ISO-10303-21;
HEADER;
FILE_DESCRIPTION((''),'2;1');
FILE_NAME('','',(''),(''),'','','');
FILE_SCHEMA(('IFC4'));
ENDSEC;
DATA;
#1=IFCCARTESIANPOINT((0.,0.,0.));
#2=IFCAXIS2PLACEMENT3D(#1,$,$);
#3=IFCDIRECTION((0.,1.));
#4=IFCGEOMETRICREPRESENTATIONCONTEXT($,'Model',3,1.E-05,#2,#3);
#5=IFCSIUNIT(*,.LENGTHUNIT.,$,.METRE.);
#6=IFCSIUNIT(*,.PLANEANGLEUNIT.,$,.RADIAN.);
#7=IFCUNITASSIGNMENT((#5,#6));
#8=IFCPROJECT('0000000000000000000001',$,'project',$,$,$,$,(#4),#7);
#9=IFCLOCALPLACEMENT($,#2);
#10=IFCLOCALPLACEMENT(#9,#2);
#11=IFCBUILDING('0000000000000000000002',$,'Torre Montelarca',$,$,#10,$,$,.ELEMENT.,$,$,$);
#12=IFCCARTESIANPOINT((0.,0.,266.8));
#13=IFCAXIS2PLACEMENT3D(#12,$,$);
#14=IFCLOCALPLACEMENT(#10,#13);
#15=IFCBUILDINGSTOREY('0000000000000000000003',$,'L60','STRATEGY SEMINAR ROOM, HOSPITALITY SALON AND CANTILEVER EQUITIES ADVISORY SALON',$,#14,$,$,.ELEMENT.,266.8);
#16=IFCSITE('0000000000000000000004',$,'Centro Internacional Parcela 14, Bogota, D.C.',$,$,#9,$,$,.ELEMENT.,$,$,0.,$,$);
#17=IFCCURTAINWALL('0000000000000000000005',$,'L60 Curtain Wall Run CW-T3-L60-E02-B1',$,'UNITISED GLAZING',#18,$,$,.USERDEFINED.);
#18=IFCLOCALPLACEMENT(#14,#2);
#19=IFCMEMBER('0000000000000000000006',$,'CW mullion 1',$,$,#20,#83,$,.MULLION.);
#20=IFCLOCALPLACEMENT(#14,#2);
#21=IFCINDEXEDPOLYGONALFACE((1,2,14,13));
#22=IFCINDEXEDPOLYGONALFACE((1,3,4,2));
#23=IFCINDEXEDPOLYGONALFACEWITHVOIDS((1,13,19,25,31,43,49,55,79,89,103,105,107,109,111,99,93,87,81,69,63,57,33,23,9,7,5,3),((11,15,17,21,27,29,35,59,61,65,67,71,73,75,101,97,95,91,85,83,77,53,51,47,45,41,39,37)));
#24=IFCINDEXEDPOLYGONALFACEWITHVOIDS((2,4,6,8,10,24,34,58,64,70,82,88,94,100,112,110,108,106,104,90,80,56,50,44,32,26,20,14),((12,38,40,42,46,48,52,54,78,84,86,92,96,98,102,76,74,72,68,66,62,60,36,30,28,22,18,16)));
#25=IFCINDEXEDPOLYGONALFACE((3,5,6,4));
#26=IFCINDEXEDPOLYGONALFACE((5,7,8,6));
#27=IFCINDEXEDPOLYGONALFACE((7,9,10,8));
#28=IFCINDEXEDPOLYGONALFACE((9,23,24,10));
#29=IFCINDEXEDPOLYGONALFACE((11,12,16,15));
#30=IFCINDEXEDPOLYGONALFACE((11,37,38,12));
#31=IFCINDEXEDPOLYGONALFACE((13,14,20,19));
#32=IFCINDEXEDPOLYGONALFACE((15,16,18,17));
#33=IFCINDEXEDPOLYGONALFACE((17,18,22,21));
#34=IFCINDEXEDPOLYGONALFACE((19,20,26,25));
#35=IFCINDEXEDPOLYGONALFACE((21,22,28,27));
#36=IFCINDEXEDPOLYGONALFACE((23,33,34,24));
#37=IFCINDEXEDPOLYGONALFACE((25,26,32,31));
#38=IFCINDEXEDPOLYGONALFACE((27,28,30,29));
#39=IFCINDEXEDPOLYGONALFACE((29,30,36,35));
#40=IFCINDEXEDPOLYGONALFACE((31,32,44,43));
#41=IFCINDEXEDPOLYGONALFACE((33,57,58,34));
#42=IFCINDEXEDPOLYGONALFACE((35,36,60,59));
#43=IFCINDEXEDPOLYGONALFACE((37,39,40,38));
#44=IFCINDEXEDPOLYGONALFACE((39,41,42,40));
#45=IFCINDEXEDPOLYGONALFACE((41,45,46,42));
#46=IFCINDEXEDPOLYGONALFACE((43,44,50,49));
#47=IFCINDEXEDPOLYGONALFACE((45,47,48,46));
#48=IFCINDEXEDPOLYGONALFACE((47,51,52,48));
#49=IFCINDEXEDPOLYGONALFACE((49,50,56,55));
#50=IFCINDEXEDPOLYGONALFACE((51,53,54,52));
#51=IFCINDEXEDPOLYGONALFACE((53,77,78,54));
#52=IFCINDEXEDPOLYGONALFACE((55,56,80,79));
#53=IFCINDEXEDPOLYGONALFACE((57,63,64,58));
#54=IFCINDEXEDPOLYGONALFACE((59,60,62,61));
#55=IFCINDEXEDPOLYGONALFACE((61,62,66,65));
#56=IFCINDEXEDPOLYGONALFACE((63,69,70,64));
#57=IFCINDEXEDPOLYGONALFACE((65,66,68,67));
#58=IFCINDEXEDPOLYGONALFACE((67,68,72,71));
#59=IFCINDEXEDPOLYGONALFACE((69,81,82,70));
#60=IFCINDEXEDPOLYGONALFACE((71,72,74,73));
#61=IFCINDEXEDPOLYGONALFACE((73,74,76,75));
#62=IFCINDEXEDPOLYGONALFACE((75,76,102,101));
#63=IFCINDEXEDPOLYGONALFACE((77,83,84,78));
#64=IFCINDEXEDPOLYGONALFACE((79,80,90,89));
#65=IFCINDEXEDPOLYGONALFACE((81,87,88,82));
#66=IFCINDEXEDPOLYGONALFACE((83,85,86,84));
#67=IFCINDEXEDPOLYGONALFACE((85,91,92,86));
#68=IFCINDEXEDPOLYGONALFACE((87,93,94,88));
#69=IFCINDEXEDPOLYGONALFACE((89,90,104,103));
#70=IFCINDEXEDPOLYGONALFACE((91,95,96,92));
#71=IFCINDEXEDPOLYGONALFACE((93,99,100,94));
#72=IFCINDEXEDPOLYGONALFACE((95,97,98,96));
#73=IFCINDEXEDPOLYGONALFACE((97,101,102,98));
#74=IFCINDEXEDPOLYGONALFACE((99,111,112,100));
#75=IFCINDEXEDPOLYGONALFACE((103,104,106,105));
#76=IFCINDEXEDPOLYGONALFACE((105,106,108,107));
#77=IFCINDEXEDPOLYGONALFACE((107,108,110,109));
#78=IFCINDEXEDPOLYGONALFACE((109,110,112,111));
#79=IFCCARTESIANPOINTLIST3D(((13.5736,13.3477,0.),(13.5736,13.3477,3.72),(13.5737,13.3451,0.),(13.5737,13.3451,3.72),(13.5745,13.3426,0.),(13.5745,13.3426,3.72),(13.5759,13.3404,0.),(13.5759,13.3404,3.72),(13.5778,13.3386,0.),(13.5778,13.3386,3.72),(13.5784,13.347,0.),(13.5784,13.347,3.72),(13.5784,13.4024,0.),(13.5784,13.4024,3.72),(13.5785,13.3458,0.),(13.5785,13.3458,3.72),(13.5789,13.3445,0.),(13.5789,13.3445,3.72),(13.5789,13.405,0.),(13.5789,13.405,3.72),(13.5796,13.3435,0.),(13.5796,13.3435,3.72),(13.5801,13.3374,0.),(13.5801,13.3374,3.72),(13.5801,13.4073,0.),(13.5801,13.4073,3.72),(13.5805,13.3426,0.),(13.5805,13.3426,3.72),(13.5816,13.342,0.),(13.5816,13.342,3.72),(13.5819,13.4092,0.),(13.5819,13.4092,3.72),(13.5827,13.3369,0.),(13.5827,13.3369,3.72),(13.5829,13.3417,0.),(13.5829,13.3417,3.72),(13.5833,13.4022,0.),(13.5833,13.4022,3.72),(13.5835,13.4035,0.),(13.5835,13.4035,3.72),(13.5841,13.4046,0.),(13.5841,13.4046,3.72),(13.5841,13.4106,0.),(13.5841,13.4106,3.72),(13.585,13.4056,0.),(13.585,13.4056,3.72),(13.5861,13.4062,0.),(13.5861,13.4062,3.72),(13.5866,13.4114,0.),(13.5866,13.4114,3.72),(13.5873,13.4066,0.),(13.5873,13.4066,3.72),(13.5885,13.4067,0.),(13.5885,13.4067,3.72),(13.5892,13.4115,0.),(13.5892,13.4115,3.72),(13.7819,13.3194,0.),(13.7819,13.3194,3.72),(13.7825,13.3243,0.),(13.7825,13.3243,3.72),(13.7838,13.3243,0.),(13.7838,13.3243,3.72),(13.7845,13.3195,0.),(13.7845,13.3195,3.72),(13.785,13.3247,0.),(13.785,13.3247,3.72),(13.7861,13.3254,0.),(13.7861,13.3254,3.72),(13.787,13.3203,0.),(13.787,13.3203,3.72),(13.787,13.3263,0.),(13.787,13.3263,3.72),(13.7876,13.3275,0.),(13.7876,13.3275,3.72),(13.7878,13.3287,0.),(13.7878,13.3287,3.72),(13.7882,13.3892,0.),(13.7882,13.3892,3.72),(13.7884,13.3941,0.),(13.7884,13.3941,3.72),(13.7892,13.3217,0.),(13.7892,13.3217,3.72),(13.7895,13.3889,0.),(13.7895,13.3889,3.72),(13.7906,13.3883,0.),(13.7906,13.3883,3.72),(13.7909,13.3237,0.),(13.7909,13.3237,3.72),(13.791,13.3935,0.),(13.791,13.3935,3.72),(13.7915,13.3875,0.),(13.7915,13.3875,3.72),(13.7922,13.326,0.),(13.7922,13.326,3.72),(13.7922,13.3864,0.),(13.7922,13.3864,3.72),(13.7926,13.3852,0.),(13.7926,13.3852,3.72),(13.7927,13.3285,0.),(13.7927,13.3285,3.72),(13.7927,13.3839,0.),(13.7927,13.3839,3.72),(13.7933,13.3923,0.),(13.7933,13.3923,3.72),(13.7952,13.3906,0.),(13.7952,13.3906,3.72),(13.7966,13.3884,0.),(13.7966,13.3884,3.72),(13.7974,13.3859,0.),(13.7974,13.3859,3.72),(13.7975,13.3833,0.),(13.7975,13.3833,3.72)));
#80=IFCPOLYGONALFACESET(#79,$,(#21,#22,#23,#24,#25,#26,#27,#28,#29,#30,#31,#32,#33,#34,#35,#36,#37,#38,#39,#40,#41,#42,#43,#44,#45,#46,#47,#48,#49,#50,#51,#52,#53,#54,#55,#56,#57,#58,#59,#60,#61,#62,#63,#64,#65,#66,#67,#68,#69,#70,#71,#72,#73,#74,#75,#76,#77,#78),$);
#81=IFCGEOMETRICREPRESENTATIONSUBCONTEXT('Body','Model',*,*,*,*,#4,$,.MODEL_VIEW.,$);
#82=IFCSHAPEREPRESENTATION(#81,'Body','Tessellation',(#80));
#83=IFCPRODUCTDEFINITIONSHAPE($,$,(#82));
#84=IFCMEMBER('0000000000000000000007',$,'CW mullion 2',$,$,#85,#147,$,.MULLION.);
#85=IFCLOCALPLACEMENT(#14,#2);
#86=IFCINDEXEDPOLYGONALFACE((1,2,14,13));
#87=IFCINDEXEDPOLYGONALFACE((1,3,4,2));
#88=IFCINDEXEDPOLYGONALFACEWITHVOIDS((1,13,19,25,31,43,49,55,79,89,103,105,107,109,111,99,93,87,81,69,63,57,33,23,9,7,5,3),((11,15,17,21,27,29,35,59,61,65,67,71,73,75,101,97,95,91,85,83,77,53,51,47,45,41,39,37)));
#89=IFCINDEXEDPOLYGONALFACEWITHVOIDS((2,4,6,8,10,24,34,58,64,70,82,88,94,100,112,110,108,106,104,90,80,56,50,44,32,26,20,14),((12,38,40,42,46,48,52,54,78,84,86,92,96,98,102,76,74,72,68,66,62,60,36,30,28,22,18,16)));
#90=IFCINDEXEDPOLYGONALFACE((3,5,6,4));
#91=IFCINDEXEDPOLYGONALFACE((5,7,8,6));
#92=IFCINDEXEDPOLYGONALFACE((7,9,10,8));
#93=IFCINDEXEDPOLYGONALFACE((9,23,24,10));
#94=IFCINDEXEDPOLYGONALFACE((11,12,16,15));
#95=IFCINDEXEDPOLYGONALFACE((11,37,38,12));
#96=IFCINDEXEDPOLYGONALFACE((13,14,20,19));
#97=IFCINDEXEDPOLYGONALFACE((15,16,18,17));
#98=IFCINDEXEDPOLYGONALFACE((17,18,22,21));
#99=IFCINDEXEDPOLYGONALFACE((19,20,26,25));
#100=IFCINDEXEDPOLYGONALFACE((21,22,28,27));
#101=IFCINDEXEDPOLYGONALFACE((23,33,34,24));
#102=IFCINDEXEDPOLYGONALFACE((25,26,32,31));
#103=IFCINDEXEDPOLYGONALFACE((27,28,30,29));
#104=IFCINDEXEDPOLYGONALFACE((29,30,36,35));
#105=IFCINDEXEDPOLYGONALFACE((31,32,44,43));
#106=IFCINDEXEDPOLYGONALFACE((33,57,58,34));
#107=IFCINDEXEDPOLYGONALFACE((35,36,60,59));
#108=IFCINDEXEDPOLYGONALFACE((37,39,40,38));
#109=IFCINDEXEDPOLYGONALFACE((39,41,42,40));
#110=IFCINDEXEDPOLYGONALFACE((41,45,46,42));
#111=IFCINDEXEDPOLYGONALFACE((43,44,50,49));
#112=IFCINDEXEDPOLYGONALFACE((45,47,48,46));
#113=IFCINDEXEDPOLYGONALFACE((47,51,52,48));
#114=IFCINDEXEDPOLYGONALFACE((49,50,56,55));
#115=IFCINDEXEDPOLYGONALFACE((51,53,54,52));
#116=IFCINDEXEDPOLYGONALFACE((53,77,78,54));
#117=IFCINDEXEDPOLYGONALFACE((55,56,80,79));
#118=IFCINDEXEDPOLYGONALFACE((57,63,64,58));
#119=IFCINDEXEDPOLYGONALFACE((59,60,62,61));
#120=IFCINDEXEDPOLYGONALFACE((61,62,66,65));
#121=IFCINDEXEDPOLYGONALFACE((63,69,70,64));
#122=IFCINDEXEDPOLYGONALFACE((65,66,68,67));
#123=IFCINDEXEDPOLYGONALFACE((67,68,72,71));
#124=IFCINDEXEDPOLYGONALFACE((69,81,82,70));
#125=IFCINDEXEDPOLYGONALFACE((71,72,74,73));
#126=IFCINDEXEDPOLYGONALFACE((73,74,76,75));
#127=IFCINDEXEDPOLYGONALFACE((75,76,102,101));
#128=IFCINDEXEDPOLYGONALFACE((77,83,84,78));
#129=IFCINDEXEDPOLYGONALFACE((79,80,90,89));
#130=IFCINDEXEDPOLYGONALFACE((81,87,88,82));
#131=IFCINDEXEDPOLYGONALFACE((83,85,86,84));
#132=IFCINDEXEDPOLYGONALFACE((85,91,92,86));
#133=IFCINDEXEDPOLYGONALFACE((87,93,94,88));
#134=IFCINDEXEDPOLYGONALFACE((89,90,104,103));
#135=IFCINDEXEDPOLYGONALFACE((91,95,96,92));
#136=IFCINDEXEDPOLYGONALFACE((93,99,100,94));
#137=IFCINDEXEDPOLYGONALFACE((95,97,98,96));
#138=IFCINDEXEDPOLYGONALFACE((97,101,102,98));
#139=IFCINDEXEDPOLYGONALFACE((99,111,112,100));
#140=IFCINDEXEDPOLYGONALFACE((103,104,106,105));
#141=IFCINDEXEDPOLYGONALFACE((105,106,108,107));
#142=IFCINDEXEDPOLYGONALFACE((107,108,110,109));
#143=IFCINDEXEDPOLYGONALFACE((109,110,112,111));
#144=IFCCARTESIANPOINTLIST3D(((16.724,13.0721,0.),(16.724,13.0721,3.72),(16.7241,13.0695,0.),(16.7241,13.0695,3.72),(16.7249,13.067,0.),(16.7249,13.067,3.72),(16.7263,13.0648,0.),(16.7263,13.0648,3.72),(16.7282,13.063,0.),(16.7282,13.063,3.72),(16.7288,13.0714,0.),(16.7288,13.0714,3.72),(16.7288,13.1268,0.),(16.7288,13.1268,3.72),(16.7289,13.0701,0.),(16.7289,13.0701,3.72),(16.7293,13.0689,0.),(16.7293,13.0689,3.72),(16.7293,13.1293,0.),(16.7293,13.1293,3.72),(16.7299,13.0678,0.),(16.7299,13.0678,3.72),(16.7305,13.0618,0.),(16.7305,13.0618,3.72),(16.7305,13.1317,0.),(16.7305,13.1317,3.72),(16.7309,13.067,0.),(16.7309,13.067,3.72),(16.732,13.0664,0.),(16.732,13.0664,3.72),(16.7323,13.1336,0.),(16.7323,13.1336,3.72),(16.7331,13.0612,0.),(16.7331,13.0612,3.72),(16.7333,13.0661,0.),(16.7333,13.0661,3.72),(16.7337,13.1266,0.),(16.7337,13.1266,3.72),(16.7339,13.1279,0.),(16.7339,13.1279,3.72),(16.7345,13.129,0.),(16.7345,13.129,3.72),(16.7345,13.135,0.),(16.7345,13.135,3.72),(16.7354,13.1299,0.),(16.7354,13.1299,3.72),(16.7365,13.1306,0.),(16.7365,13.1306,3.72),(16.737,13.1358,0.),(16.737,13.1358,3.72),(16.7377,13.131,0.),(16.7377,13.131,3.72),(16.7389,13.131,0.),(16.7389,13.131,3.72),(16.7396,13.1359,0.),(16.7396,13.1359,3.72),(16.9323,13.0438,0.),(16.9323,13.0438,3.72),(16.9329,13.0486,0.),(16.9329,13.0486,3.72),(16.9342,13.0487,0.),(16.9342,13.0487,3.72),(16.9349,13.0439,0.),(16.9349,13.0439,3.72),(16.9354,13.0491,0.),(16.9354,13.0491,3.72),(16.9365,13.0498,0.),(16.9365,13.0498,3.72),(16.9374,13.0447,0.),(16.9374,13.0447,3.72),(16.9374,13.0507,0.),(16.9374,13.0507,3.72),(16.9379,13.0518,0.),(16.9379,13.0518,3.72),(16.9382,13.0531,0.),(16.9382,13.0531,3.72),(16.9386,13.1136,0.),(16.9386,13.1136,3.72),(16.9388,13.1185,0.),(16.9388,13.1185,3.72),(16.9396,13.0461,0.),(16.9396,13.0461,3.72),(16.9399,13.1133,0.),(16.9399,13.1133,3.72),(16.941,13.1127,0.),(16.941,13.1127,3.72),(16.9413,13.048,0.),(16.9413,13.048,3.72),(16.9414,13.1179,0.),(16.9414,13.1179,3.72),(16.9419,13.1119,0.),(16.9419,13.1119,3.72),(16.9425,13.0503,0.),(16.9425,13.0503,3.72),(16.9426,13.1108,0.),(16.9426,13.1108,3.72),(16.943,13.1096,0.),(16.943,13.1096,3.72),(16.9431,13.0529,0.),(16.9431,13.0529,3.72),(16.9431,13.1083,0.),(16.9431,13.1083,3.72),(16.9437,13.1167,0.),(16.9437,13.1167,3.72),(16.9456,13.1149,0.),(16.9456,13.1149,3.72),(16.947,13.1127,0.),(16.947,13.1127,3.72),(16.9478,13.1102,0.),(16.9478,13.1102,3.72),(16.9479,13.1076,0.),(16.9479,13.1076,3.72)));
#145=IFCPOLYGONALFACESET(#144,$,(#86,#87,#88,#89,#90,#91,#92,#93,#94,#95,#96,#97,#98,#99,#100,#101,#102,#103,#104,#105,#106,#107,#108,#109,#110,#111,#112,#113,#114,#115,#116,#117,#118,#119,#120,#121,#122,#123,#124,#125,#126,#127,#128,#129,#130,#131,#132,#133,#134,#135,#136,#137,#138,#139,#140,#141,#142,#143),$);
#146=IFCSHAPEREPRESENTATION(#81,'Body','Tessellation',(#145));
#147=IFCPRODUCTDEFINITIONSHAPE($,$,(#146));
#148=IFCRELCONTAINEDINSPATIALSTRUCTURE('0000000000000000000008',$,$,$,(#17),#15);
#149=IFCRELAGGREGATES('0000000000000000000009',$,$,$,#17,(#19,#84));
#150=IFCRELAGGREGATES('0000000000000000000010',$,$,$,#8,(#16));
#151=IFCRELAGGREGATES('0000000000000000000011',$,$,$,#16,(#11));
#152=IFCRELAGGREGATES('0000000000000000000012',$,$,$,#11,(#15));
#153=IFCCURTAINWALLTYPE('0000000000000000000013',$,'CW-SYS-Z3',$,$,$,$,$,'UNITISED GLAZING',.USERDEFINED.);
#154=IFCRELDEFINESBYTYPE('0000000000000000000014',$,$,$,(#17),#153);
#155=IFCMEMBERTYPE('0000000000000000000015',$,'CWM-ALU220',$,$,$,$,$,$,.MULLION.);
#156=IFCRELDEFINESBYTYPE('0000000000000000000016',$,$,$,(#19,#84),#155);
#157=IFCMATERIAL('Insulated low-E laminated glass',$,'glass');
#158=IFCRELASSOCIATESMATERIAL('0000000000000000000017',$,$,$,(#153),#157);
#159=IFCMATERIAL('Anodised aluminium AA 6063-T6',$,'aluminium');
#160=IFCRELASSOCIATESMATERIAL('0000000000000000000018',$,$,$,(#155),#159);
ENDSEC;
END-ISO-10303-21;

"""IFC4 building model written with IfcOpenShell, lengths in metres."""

from ifc_helpers import new_model, si_unit, direction, frame, origin, origin_2d, place, context, subcontext, project, spatial, hollow_rectangle, extrude, source, transform, mapped, material, material_profile, profile_set, type_object, element, aggregate, save


model = new_model("IFC4")

# Units and contexts
model_context = context("Model", 3, precision=1e-05, world=origin(), true_north=direction((0.0, 1.0)))
body_context = subcontext(model_context, "Body", "Model", "MODEL_VIEW")
ifc_project = project(units=[si_unit("LENGTHUNIT", "METRE"), si_unit("PLANEANGLEUNIT", "RADIAN")], contexts=[model_context])

# Site, building, storey
site_placement = place(None, origin())
site = spatial("IfcSite", under=ifc_project, at=site_placement, Name="Centro Internacional Parcela 14, Bogota, D.C.", CompositionType="ELEMENT", RefElevation=0.0)
building_placement = place(site_placement, origin())
building = spatial("IfcBuilding", under=site, at=building_placement, Name="Torre Montelarca", CompositionType="ELEMENT")
storey_placement = place(building_placement, frame((0.0, 0.0, 266.8)))
storey = spatial("IfcBuildingStorey", under=building, at=storey_placement, Name="L60", Description="STRATEGY SEMINAR ROOM, HOSPITALITY SALON AND CANTILEVER EQUITIES ADVISORY SALON", CompositionType="ELEMENT", Elevation=266.8)

# Curtain wall
ifc_material_1 = material(Name="Insulated low-E laminated glass", Category="glass")
curtain_wall_type = type_object("IfcCurtainWallType", Name="CW-SYS-Z3", ElementType="UNITISED GLAZING", PredefinedType="USERDEFINED", material=ifc_material_1)
curtain_wall_1_placement = place(storey_placement, origin())
curtain_wall_1 = element("IfcCurtainWall", 1, at=curtain_wall_1_placement, inside=storey, type_object=curtain_wall_type, Name="L60 Curtain Wall Run CW-T3-L60-E02-B1", ObjectType="UNITISED GLAZING", PredefinedType="USERDEFINED")
ifc_material_2 = material(Name="Anodised aluminium AA 6063-T6", Category="aluminium")
ifc_material_profile_1 = material_profile(ifc_material_2, hollow_rectangle(XDim=0.075, YDim=0.22, WallThickness=0.0049, InnerFilletRadius=0.0049, OuterFilletRadius=0.01, at=origin_2d()), Name="ALU75X220X5", Category="aluminium")
ifc_profile_set_1 = profile_set([ifc_material_profile_1], Name="Anodised aluminium AA 6063-T6")
member_type_1 = type_object("IfcMemberType", Name="CWM-ALU220", PredefinedType="MULLION", material=ifc_profile_set_1)
shared_shape_1 = source(origin(), body_context, "Body", "SweptSolid", [
    extrude(hollow_rectangle(XDim=0.075, YDim=0.22, WallThickness=0.0049, InnerFilletRadius=0.0049, OuterFilletRadius=0.01, at=origin_2d()), origin(), (0.0, 0.0, 1.0), 3.72),
])

# Members
member_1_placement = place(storey_placement, frame((13.6855, 13.3655, 0.0), z_axis=(0.0, 0.0, 1.0), x_axis=(0.087174, 0.996193, 0.0)))
member_1 = element("IfcMember", 2, at=member_1_placement, type_object=member_type_1, Name="CW mullion 1", PredefinedType="MULLION", context=body_context, shape_type="MappedRepresentation", body=[
    mapped(shared_shape_1, transform((0.0, 0.0, 0.0), scale=1.0)),
])
member_2_placement = place(storey_placement, frame((16.8359, 13.0898, 0.0), z_axis=(0.0, 0.0, 1.0), x_axis=(0.087174, 0.996193, 0.0)))
member_2 = element("IfcMember", 3, at=member_2_placement, type_object=member_type_1, Name="CW mullion 2", PredefinedType="MULLION", context=body_context, shape_type="MappedRepresentation", body=[
    mapped(shared_shape_1, transform((0.0, 0.0, 0.0), scale=1.0)),
])

aggregate(curtain_wall_1, [member_1, member_2])

save(model, "model.ifc")
